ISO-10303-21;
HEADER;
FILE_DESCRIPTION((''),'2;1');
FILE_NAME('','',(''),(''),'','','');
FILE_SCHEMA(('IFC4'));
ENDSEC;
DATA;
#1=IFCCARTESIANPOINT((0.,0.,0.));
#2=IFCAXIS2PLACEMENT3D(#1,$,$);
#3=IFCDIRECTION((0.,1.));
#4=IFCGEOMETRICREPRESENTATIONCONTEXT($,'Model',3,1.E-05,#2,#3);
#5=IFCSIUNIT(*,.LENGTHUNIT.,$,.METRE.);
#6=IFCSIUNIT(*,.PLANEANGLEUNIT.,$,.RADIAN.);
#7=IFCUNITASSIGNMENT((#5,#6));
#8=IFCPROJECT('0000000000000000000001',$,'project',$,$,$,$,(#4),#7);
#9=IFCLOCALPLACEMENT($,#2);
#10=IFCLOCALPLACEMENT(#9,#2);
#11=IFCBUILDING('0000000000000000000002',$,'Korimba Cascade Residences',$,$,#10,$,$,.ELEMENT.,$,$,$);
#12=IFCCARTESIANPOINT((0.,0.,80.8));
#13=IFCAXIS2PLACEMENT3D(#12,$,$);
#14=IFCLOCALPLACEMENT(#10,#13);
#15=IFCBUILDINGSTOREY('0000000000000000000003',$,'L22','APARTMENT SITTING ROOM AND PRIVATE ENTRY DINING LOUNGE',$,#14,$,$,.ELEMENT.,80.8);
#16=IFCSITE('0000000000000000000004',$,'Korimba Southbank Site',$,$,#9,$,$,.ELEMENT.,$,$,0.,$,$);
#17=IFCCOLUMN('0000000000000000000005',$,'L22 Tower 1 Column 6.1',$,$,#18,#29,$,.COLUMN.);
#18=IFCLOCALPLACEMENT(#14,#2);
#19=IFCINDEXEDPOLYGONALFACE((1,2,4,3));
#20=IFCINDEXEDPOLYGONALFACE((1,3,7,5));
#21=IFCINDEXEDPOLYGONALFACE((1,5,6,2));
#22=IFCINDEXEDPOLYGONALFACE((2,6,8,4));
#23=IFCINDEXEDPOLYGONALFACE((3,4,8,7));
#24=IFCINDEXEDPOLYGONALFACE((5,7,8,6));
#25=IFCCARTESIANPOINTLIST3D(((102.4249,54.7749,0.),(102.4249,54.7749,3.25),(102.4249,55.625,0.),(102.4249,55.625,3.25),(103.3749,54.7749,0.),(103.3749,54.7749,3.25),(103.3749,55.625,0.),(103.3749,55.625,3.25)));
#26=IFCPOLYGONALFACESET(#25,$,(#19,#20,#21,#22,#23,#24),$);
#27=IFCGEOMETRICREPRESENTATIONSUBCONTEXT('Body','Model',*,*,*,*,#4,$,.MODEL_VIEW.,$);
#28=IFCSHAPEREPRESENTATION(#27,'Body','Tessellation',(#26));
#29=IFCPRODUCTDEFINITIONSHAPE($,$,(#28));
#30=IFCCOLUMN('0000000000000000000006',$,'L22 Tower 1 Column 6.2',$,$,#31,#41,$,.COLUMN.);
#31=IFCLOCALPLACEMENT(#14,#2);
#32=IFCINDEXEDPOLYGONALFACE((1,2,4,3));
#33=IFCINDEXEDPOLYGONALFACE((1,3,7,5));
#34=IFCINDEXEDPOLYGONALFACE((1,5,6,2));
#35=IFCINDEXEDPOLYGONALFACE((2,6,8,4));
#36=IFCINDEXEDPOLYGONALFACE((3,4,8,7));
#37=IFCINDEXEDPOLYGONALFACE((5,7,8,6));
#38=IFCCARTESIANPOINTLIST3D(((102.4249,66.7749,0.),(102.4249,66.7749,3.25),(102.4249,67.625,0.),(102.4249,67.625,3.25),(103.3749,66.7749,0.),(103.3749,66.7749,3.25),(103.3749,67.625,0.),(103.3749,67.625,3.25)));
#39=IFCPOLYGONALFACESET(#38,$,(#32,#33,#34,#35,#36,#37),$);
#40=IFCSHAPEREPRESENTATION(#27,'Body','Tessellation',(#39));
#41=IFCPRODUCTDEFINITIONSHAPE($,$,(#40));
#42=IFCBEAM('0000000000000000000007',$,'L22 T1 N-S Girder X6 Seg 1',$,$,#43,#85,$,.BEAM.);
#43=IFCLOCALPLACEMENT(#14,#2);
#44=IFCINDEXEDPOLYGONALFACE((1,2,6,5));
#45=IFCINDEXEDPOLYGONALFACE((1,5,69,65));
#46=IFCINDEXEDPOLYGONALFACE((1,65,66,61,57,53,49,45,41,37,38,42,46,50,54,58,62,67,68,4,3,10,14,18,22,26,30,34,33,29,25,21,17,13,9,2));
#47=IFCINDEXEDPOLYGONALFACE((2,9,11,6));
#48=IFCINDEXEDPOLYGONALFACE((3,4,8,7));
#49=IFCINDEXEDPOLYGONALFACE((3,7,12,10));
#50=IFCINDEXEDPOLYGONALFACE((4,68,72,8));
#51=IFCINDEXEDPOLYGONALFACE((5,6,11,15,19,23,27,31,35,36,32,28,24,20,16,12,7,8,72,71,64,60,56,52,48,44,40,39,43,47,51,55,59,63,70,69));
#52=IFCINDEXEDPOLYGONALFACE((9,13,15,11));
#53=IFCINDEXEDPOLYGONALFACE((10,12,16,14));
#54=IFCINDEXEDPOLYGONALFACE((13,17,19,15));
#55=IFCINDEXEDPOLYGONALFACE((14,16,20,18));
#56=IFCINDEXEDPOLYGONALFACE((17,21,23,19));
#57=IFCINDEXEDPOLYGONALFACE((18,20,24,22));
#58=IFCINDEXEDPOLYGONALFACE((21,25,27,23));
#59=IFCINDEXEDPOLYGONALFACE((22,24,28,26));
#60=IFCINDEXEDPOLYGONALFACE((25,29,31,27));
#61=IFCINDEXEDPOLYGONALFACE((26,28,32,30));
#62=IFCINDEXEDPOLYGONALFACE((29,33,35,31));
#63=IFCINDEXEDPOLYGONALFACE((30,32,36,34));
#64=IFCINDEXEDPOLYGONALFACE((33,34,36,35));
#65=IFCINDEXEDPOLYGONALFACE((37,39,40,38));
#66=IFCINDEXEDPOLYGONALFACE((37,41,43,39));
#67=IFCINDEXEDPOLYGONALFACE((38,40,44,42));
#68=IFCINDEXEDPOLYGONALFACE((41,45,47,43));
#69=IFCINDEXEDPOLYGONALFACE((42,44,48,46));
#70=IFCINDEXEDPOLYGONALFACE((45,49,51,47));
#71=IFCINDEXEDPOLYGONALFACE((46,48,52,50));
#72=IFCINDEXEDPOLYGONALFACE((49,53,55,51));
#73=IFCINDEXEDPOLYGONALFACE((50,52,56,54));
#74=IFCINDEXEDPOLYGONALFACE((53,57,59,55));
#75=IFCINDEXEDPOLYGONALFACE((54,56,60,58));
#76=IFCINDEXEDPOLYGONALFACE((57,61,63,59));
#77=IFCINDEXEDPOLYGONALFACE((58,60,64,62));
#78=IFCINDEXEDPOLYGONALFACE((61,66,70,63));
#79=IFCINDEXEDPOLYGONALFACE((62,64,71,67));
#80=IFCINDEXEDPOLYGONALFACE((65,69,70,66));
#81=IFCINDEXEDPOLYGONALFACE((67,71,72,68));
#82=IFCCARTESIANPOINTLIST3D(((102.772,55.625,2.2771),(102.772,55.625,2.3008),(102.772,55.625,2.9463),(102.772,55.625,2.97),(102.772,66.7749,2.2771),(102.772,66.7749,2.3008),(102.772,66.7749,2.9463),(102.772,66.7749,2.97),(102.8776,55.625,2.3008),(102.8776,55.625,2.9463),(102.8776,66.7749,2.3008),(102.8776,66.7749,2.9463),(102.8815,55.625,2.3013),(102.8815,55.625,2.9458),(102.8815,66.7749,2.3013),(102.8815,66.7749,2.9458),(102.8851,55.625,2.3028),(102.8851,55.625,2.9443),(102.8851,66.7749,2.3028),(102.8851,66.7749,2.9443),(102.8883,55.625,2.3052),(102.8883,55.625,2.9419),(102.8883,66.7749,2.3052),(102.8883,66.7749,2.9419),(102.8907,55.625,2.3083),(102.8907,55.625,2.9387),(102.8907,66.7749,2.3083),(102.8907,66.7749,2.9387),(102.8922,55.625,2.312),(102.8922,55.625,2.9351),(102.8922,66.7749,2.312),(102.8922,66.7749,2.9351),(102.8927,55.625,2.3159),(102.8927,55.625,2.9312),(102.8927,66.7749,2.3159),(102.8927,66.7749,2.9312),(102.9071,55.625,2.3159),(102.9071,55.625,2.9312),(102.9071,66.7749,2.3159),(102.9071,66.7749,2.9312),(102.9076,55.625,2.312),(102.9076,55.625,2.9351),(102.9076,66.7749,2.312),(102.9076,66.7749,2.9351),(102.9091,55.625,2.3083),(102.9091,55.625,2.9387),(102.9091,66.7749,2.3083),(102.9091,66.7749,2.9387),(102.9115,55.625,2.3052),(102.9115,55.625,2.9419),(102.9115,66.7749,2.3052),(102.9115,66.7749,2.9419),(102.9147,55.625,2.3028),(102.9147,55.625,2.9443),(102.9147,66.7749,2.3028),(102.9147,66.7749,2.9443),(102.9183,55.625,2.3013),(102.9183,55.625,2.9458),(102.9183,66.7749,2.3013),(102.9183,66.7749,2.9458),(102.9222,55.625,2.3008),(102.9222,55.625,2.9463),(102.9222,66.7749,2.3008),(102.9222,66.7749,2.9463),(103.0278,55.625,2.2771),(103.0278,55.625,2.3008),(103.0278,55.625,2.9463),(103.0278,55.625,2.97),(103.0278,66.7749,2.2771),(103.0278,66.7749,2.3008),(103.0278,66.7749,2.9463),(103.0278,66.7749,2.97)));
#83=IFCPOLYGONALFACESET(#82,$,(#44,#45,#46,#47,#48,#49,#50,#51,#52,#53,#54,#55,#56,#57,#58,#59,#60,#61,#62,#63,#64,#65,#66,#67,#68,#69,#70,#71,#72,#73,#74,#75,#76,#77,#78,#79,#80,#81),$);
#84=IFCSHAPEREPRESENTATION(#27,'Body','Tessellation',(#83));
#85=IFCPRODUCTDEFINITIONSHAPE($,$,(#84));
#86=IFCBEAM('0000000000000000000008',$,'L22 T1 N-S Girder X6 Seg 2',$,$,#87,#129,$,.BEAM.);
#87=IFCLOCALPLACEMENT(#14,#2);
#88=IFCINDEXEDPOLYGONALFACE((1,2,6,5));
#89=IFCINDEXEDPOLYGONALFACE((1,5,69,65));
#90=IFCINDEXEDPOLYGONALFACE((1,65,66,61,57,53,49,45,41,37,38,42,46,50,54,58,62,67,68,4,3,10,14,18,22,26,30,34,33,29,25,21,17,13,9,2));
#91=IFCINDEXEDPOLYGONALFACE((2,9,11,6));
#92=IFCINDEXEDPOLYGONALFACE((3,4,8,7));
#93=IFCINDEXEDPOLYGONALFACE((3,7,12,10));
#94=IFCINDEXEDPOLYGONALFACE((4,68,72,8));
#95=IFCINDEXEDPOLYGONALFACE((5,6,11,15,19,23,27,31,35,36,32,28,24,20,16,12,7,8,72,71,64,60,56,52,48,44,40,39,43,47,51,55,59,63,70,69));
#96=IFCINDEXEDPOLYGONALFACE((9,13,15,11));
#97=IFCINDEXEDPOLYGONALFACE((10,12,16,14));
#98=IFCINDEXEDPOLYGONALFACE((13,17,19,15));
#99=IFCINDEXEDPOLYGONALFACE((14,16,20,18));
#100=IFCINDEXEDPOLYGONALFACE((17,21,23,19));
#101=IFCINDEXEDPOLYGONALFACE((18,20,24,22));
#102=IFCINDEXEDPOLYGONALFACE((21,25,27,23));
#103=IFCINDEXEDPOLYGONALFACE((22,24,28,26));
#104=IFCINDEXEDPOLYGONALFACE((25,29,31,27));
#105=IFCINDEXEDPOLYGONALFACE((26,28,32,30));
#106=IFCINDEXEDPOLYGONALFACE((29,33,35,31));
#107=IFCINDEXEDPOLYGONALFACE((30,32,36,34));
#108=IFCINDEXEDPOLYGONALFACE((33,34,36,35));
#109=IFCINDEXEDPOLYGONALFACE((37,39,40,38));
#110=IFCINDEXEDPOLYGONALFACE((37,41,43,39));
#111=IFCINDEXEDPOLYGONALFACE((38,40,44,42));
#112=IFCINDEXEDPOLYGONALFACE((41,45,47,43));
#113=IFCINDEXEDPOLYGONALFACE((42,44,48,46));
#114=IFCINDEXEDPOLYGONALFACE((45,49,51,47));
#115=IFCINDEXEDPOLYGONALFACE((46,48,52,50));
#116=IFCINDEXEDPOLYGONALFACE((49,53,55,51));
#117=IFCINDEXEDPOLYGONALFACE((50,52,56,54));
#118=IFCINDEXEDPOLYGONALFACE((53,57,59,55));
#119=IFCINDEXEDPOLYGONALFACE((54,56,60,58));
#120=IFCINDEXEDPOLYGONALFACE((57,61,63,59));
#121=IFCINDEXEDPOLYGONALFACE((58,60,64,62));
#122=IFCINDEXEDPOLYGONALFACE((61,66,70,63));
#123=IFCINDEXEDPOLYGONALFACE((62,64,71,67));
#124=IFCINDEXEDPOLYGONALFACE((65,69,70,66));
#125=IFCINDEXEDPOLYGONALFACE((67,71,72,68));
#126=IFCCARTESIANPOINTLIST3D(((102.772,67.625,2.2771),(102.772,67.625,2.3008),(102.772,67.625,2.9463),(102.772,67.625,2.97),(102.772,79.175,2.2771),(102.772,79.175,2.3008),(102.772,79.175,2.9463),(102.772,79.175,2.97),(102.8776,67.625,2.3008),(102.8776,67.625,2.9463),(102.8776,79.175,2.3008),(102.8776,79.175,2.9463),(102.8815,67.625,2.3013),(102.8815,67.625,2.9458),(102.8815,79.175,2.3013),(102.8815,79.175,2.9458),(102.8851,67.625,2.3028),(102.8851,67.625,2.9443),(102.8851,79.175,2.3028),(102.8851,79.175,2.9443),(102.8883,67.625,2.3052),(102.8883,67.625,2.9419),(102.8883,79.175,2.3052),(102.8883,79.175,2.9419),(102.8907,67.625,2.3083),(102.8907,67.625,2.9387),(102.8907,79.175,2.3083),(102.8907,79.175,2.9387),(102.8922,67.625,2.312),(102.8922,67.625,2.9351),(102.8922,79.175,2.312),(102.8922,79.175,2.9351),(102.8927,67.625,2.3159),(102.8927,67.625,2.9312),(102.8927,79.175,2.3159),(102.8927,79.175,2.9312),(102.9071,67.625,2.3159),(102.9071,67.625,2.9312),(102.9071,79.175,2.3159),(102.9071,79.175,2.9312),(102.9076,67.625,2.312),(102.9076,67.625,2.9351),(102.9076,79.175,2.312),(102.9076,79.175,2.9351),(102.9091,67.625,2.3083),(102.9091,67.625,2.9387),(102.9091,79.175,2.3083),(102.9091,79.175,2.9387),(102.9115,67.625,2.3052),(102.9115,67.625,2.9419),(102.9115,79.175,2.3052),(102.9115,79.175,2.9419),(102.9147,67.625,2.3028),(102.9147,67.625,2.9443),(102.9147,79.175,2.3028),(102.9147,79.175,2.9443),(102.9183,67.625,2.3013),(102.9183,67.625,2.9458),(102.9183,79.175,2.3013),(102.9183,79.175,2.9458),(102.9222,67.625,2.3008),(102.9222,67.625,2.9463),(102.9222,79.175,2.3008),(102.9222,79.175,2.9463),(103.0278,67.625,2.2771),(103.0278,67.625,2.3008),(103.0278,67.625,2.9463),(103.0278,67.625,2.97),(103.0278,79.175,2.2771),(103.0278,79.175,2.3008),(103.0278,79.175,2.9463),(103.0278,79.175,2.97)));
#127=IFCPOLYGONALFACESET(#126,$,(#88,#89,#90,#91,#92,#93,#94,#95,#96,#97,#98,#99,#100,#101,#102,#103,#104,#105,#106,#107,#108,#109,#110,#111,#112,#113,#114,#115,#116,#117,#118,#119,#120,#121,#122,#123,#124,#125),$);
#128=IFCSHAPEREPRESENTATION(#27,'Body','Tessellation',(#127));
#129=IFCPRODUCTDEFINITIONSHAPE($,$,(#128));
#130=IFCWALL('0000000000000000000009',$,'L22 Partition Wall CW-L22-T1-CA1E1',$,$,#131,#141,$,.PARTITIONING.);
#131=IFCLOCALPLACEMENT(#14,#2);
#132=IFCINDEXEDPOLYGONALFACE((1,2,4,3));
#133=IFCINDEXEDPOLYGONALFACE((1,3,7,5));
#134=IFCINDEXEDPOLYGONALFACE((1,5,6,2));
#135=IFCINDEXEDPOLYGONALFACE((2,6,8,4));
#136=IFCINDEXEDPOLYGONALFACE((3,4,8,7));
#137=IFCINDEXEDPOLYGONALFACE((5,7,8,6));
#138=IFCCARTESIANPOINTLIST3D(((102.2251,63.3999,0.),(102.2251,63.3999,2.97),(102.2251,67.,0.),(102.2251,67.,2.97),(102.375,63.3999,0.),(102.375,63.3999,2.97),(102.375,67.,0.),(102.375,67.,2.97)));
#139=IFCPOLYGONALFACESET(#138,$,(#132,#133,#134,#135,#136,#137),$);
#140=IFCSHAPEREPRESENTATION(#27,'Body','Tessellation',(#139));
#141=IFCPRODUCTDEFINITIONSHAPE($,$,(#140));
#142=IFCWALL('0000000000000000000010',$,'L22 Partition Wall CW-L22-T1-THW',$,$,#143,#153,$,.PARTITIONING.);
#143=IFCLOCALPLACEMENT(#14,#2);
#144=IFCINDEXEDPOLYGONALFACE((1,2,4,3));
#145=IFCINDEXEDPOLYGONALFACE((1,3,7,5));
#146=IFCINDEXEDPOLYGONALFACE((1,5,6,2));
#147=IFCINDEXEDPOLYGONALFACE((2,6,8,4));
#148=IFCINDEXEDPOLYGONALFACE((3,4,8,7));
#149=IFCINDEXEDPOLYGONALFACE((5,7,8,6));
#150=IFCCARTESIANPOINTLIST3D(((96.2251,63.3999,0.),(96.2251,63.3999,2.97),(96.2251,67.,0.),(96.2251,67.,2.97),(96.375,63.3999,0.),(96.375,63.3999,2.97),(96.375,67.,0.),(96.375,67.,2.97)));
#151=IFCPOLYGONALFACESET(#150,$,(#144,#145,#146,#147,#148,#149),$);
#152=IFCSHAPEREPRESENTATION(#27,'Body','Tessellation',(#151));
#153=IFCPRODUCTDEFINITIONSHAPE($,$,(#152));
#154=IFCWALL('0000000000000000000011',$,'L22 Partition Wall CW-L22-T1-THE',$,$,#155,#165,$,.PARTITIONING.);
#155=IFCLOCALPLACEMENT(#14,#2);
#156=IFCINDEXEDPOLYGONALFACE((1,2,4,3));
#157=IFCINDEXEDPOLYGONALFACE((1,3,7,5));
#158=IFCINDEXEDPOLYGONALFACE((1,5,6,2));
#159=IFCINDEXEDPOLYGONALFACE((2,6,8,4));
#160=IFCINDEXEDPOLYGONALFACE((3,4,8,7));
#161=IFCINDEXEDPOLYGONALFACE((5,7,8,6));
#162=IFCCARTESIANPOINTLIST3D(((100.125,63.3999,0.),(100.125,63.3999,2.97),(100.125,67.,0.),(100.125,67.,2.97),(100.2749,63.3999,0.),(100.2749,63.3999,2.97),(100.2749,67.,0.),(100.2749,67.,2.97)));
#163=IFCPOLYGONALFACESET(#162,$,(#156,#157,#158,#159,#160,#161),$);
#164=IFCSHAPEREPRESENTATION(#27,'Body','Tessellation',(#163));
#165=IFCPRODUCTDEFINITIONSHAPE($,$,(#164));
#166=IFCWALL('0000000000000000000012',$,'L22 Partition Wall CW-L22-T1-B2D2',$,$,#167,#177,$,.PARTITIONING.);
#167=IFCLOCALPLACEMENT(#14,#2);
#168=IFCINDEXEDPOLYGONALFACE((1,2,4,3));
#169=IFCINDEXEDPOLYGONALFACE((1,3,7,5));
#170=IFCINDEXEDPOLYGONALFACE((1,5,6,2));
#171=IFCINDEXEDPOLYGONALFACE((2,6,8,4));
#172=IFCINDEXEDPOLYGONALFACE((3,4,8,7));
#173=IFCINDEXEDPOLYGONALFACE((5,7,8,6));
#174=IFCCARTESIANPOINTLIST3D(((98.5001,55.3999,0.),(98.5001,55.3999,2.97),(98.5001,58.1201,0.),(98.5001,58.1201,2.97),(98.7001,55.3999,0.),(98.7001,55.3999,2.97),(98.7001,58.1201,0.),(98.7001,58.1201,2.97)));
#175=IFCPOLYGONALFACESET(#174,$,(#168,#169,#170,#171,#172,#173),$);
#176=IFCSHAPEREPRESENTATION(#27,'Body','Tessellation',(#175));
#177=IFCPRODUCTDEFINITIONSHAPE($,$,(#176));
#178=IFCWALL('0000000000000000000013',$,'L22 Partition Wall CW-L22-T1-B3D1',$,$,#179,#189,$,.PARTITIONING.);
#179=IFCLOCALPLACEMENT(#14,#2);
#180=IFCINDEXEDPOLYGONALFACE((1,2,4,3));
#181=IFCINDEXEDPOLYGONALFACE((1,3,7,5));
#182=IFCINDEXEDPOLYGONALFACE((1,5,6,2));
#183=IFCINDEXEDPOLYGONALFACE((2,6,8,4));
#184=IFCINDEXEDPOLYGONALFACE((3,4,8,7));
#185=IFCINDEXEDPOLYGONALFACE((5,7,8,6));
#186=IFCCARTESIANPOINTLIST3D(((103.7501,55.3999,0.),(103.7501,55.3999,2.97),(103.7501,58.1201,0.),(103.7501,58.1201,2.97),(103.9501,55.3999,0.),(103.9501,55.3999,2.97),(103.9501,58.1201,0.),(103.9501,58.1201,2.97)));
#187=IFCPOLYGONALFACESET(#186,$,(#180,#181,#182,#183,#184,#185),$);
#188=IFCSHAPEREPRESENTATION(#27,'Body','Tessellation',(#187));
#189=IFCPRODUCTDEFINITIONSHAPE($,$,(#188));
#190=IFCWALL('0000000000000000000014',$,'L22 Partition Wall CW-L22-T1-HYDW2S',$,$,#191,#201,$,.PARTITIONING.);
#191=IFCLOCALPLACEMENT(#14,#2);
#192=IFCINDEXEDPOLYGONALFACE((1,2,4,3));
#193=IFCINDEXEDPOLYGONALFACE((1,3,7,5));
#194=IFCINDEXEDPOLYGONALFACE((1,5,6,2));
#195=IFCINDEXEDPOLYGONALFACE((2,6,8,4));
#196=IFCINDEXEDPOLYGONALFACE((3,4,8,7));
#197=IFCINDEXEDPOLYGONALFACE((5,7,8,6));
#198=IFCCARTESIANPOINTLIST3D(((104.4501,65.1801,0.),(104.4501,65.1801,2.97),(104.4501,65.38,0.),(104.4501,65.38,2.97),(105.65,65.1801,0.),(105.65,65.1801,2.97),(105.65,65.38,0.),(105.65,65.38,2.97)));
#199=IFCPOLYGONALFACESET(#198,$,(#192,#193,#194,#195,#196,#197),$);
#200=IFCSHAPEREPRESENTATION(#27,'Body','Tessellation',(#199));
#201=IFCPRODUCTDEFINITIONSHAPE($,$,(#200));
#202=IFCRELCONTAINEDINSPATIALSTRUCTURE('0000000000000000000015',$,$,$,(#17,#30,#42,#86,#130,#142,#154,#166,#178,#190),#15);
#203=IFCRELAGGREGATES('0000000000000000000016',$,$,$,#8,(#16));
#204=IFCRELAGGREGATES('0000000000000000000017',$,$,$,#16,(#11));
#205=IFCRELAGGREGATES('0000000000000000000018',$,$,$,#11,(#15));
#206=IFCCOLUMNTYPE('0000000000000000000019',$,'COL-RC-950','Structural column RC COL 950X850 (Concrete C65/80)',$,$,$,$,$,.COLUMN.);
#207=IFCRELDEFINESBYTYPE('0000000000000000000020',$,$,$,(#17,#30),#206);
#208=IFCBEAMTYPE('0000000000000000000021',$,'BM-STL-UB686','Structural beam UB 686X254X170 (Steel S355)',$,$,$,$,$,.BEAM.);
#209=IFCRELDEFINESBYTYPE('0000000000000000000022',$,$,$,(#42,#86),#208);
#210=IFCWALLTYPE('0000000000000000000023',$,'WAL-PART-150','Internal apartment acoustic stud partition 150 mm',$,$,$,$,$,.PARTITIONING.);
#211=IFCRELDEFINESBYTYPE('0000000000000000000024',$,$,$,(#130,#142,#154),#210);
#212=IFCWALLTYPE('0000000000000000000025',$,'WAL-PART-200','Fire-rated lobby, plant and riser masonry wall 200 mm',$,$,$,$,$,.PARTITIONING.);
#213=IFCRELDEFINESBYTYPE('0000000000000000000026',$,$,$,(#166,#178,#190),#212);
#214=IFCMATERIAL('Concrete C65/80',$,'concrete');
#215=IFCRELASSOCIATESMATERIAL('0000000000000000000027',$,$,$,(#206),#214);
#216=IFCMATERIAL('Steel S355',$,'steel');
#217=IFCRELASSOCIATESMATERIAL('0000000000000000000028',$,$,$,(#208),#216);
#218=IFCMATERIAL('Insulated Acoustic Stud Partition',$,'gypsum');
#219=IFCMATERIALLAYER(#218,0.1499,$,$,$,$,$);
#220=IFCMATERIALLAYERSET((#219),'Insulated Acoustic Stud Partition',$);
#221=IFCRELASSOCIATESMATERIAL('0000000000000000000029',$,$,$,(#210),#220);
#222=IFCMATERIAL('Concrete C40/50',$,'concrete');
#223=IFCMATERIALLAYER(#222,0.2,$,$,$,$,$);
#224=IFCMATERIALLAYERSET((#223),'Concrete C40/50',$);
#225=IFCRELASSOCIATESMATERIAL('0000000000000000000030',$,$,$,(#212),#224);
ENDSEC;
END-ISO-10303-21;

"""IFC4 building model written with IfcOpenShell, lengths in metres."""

from ifc_helpers import new_model, si_unit, direction, frame, frame_2d, origin, origin_2d, place, context, subcontext, project, spatial, rectangle, i_section, extrude, material, layer, layer_set, material_profile, profile_set, type_object, element, save


model = new_model("IFC4")

# Units and contexts
model_context = context("Model", 3, precision=1e-05, world=origin(), true_north=direction((0.0, 1.0)))
body_context = subcontext(model_context, "Body", "Model", "MODEL_VIEW")
ifc_project = project(units=[si_unit("LENGTHUNIT", "METRE"), si_unit("PLANEANGLEUNIT", "RADIAN")], contexts=[model_context])

# Site, building, storey
site_placement = place(None, origin())
site = spatial("IfcSite", under=ifc_project, at=site_placement, Name="Korimba Southbank Site", CompositionType="ELEMENT", RefElevation=0.0)
building_placement = place(site_placement, origin())
building = spatial("IfcBuilding", under=site, at=building_placement, Name="Korimba Cascade Residences", CompositionType="ELEMENT")
storey_placement = place(building_placement, frame((0.0, 0.0, 80.8)))
storey = spatial("IfcBuildingStorey", under=building, at=storey_placement, Name="L22", Description="APARTMENT SITTING ROOM AND PRIVATE ENTRY DINING LOUNGE", CompositionType="ELEMENT", Elevation=80.8)

# Columns
ifc_material_1 = material(Name="Concrete C65/80", Category="concrete")
ifc_material_profile_1 = material_profile(ifc_material_1, rectangle(XDim=0.95, YDim=0.8501, at=origin_2d()), Name="Concrete C65/80")
ifc_profile_set_1 = profile_set([ifc_material_profile_1], Name="Concrete C65/80")
column_type = type_object("IfcColumnType", Name="COL-RC-950", Description="Structural column RC COL 950X850 (Concrete C65/80)", PredefinedType="COLUMN", material=ifc_profile_set_1)
for number, where, z_axis, x_axis, name in (
    (1, (102.8999, 55.2, 0.0), (0.0, 0.0, 1.0), (1.0, 0.0, 0.0), "L22 Tower 1 Column 6.1"),
    (2, (102.8999, 67.2, 0.0), (0.0, 0.0, 1.0), (1.0, 0.0, 0.0), "L22 Tower 1 Column 6.2"),
):
    element("IfcColumn", number, at=place(storey_placement, frame(where, z_axis=z_axis, x_axis=x_axis)), inside=storey, type_object=column_type, Name=name, PredefinedType="COLUMN", context=body_context, shape_type="SweptSolid", body=[
        extrude(rectangle(XDim=0.95, YDim=0.8501, at=origin_2d()), origin(), (0.0, 0.0, 1.0), 3.25),
    ])

# Beams
ifc_material_2 = material(Name="Steel S355", Category="steel")
ifc_material_profile_2 = material_profile(ifc_material_2, i_section(OverallWidth=0.2559, OverallDepth=0.6929, WebThickness=0.0144, FlangeThickness=0.0237, FilletRadius=0.0151, at=origin_2d()), Name="Steel S355")
ifc_profile_set_2 = profile_set([ifc_material_profile_2], Name="Steel S355")
beam_type = type_object("IfcBeamType", Name="BM-STL-UB686", Description="Structural beam UB 686X254X170 (Steel S355)", PredefinedType="BEAM", material=ifc_profile_set_2)
beam_1_placement = place(storey_placement, frame((102.8999, 55.625, 2.6235), z_axis=(0.0, 1.0, 0.0), x_axis=(-1.0, 0.0, 0.0)))
element("IfcBeam", 3, at=beam_1_placement, inside=storey, type_object=beam_type, Name="L22 T1 N-S Girder X6 Seg 1", PredefinedType="BEAM", context=body_context, shape_type="SweptSolid", body=[
    extrude(i_section(OverallWidth=0.2559, OverallDepth=0.6929, WebThickness=0.0144, FlangeThickness=0.0237, FilletRadius=0.0151, at=origin_2d()), origin(), (0.0, 0.0, 1.0), 11.1499),
])
beam_2_placement = place(storey_placement, frame((102.8999, 67.625, 2.6235), z_axis=(0.0, 1.0, 0.0), x_axis=(-1.0, 0.0, 0.0)))
element("IfcBeam", 4, at=beam_2_placement, inside=storey, type_object=beam_type, Name="L22 T1 N-S Girder X6 Seg 2", PredefinedType="BEAM", context=body_context, shape_type="SweptSolid", body=[
    extrude(i_section(OverallWidth=0.2559, OverallDepth=0.6929, WebThickness=0.0144, FlangeThickness=0.0237, FilletRadius=0.0151, at=origin_2d()), origin(), (0.0, 0.0, 1.0), 11.55),
])

# Walls
ifc_material_3 = material(Name="Insulated Acoustic Stud Partition", Category="gypsum")
ifc_layer_1 = layer(ifc_material_3, 0.1499)
ifc_layer_set_1 = layer_set([ifc_layer_1], Name="Insulated Acoustic Stud Partition")
wall_type_1 = type_object("IfcWallType", Name="WAL-PART-150", Description="Internal apartment acoustic stud partition 150 mm", PredefinedType="PARTITIONING", material=ifc_layer_set_1)
for number, where, z_axis, x_axis, name in (
    (5, (102.3, 63.3999, 0.0), (0.0, 0.0, 1.0), (0.0, 1.0, 0.0), "L22 Partition Wall CW-L22-T1-CA1E1"),
    (6, (96.3, 63.3999, 0.0), (0.0, 0.0, 1.0), (0.0, 1.0, 0.0), "L22 Partition Wall CW-L22-T1-THW"),
    (7, (100.2, 63.3999, 0.0), (0.0, 0.0, 1.0), (0.0, 1.0, 0.0), "L22 Partition Wall CW-L22-T1-THE"),
):
    element("IfcWall", number, at=place(storey_placement, frame(where, z_axis=z_axis, x_axis=x_axis)), inside=storey, type_object=wall_type_1, Name=name, PredefinedType="PARTITIONING", context=body_context, shape_type="SweptSolid", body=[
        extrude(rectangle(XDim=3.6001, YDim=0.1499, at=frame_2d((1.8, 0.0))), origin(), (0.0, 0.0, 1.0), 2.97),
    ])
ifc_material_4 = material(Name="Concrete C40/50", Category="concrete")
ifc_layer_2 = layer(ifc_material_4, 0.2)
ifc_layer_set_2 = layer_set([ifc_layer_2], Name="Concrete C40/50")
wall_type_2 = type_object("IfcWallType", Name="WAL-PART-200", Description="Fire-rated lobby, plant and riser masonry wall 200 mm", PredefinedType="PARTITIONING", material=ifc_layer_set_2)
for number, where, z_axis, x_axis, name in (
    (8, (98.6001, 55.3999, 0.0), (0.0, 0.0, 1.0), (0.0, 1.0, 0.0), "L22 Partition Wall CW-L22-T1-B2D2"),
    (9, (103.8501, 55.3999, 0.0), (0.0, 0.0, 1.0), (0.0, 1.0, 0.0), "L22 Partition Wall CW-L22-T1-B3D1"),
):
    element("IfcWall", number, at=place(storey_placement, frame(where, z_axis=z_axis, x_axis=x_axis)), inside=storey, type_object=wall_type_2, Name=name, PredefinedType="PARTITIONING", context=body_context, shape_type="SweptSolid", body=[
        extrude(rectangle(XDim=2.7202, YDim=0.2, at=frame_2d((1.3601, 0.0))), origin(), (0.0, 0.0, 1.0), 2.97),
    ])
wall_1_placement = place(storey_placement, frame((104.45, 65.28, 0.0), z_axis=(0.0, 0.0, 1.0), x_axis=(1.0, 0.0, 0.0)))
element("IfcWall", 10, at=wall_1_placement, inside=storey, type_object=wall_type_2, Name="L22 Partition Wall CW-L22-T1-HYDW2S", PredefinedType="PARTITIONING", context=body_context, shape_type="SweptSolid", body=[
    extrude(rectangle(XDim=1.2, YDim=0.2, at=frame_2d((0.6001, 0.0))), origin(), (0.0, 0.0, 1.0), 2.97),
])

save(model, "model.ifc")
